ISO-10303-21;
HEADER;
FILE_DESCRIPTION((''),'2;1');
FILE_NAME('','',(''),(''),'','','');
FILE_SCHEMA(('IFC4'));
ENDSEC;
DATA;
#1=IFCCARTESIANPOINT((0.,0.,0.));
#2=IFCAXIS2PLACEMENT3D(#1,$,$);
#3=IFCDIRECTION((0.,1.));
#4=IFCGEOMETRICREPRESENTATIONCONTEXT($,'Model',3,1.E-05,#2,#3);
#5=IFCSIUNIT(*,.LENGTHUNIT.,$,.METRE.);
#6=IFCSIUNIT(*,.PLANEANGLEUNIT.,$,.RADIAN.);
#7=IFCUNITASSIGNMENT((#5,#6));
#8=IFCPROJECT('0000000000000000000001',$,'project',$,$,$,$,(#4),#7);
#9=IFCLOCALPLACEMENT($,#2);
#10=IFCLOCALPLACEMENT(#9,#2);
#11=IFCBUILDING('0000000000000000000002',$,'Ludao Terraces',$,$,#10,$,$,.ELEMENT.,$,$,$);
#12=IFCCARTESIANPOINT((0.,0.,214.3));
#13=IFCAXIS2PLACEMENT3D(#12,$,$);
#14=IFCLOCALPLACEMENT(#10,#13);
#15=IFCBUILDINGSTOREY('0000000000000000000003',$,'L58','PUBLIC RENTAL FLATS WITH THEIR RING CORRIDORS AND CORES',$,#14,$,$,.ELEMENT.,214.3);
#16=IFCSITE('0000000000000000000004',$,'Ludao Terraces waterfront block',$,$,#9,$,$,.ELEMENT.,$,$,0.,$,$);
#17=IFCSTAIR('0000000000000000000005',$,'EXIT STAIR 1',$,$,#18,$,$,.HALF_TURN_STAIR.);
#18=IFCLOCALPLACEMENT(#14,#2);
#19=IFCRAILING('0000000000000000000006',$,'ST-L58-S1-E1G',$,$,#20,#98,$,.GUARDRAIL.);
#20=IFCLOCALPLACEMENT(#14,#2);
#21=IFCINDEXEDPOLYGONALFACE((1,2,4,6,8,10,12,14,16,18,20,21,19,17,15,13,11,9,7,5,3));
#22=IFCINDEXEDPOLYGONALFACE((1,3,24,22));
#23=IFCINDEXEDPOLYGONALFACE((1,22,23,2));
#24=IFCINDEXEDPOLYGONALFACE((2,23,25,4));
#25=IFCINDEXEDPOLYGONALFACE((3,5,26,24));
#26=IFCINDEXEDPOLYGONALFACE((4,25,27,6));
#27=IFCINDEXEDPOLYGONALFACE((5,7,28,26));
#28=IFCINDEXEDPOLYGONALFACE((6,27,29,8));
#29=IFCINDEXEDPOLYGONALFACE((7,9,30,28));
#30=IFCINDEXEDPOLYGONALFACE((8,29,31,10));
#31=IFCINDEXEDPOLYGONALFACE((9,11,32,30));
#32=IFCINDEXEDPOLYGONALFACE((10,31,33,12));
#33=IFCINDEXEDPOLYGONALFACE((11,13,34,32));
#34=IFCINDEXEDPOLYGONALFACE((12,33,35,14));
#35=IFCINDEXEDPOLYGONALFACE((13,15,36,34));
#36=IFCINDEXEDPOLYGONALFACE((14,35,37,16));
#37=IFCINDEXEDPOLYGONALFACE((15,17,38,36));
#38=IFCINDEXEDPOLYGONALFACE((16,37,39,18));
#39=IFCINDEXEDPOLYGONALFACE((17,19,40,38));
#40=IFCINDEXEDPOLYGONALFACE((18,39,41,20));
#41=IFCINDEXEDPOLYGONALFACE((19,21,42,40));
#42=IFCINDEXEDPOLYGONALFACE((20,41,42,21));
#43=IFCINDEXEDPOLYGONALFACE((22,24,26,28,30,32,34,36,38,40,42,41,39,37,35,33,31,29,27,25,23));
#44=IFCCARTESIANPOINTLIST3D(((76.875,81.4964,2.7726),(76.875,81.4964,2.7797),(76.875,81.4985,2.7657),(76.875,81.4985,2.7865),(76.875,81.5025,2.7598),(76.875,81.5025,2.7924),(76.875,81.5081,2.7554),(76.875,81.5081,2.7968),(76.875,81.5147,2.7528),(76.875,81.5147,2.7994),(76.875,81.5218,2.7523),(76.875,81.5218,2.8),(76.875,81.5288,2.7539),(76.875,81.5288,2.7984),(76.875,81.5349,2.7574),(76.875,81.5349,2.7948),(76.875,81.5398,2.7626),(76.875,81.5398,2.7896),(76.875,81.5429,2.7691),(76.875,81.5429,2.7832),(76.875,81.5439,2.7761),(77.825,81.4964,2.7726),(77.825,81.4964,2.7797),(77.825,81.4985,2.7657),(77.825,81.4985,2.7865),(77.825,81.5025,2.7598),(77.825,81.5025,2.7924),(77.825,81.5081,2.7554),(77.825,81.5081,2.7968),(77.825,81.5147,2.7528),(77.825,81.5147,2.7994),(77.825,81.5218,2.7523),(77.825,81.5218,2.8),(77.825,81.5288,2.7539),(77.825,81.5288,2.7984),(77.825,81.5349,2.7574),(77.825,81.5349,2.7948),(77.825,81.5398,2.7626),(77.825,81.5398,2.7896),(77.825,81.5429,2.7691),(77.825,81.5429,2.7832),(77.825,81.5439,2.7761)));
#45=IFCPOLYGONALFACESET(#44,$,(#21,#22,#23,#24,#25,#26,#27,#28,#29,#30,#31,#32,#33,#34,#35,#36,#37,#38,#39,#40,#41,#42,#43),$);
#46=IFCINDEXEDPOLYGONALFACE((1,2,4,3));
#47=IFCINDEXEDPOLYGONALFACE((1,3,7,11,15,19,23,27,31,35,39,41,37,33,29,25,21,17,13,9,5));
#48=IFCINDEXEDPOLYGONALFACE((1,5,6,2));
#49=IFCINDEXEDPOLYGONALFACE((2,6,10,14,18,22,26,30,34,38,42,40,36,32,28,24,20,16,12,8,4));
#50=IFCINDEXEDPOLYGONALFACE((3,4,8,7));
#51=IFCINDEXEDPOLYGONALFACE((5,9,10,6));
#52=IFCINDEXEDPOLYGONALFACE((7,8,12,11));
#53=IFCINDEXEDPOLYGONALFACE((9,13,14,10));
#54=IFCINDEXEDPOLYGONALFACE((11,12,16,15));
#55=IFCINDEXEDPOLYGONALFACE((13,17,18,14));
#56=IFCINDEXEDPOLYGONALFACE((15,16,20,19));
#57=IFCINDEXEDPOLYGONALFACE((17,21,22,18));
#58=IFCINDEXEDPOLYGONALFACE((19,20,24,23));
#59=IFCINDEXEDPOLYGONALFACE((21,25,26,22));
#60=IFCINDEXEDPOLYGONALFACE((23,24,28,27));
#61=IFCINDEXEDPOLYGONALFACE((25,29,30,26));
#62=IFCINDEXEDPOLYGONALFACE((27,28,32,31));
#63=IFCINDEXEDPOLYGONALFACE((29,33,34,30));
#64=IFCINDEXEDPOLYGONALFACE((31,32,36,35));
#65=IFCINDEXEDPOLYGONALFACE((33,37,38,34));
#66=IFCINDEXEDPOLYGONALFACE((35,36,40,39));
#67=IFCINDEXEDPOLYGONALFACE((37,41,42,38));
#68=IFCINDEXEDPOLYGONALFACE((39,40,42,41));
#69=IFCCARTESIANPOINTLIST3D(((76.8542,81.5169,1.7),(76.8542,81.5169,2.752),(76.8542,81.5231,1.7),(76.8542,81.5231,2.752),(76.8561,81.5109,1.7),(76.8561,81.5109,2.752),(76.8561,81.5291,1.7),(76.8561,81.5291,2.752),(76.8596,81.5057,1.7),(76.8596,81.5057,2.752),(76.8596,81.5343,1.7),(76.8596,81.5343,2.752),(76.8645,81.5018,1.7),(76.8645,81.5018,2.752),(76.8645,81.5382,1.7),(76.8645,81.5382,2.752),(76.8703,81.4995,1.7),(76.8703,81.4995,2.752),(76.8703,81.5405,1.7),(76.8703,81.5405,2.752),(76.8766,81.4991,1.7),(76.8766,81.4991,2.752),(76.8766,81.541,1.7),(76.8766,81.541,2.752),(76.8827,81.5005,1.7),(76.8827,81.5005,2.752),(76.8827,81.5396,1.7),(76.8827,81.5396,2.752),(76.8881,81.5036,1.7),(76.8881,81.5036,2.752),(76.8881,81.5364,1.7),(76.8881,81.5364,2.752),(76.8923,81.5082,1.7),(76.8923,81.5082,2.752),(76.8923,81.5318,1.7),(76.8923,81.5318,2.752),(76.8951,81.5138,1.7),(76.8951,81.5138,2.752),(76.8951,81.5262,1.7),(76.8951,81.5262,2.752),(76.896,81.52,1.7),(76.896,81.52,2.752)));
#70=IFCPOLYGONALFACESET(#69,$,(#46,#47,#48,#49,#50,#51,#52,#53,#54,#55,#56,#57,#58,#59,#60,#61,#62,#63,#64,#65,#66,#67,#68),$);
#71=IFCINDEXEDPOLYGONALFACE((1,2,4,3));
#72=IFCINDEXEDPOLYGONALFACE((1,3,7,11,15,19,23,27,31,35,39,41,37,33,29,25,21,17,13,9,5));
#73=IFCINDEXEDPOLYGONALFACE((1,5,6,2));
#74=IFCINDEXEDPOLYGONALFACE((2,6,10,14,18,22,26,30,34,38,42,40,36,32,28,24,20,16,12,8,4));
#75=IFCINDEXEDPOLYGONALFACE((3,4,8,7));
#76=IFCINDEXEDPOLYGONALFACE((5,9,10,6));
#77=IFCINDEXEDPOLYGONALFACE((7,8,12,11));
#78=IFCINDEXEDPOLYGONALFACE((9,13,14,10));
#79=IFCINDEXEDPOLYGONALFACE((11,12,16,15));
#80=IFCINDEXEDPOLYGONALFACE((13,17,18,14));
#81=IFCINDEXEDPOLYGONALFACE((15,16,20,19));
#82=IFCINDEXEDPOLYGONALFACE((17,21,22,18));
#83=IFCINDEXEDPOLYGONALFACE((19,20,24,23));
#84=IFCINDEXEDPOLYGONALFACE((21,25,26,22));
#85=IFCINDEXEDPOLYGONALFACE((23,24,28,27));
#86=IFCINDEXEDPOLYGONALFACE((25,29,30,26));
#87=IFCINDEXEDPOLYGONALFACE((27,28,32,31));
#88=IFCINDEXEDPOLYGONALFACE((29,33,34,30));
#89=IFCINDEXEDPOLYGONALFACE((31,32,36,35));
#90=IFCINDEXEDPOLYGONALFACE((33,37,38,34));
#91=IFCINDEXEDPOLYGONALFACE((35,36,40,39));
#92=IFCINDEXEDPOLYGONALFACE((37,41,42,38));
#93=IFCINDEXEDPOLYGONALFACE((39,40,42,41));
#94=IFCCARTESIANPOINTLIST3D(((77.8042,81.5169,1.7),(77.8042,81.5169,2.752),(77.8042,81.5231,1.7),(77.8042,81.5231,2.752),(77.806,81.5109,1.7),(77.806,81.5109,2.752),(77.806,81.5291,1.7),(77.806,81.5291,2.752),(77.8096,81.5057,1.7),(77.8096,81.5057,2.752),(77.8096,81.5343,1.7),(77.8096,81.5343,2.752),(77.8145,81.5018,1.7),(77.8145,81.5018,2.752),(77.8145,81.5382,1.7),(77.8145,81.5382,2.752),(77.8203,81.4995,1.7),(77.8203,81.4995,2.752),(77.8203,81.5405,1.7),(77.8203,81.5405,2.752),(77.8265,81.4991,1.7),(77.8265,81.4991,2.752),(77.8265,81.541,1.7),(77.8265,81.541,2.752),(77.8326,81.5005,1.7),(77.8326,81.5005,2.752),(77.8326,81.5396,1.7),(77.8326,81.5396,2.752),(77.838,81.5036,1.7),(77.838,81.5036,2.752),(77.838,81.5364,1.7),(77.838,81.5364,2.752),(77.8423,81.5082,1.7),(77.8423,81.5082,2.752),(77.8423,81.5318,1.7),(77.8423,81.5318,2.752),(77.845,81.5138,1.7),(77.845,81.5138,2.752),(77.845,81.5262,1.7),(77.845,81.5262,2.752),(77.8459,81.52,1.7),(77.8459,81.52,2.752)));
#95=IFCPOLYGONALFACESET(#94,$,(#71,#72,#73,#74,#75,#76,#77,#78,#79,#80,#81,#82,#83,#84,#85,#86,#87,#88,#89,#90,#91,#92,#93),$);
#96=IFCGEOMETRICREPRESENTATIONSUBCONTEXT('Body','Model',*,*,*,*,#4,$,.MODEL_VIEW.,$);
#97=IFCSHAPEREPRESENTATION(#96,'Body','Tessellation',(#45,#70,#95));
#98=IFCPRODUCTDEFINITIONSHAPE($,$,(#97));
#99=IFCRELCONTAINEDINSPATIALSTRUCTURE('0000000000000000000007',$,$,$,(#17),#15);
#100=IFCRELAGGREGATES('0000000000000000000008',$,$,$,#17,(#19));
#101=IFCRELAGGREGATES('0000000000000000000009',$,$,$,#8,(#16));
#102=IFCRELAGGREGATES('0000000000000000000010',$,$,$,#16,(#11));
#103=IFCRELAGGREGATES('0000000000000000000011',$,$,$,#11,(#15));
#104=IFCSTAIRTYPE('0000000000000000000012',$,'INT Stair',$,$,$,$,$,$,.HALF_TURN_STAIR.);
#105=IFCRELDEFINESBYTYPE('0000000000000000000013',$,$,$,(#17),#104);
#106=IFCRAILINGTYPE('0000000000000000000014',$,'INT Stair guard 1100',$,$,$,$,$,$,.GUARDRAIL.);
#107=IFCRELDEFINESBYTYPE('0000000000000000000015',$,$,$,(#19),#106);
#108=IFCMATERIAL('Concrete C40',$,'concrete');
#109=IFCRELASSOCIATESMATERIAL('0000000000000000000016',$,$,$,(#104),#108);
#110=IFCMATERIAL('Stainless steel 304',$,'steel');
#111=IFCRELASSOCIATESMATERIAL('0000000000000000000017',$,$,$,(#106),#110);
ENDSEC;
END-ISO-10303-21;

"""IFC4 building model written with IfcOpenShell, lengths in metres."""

from ifc_helpers import new_model, si_unit, direction, frame, origin, origin_2d, place, context, subcontext, project, spatial, circle, extrude, material, type_object, element, aggregate, save


model = new_model("IFC4")

# Units and contexts
model_context = context("Model", 3, precision=1e-05, world=origin(), true_north=direction((0.0, 1.0)))
body_context = subcontext(model_context, "Body", "Model", "MODEL_VIEW")
ifc_project = project(units=[si_unit("LENGTHUNIT", "METRE"), si_unit("PLANEANGLEUNIT", "RADIAN")], contexts=[model_context])

# Site, building, storey
site_placement = place(None, origin())
site = spatial("IfcSite", under=ifc_project, at=site_placement, Name="Ludao Terraces waterfront block", CompositionType="ELEMENT", RefElevation=0.0)
building_placement = place(site_placement, origin())
building = spatial("IfcBuilding", under=site, at=building_placement, Name="Ludao Terraces", CompositionType="ELEMENT")
storey_placement = place(building_placement, frame((0.0, 0.0, 214.3)))
storey = spatial("IfcBuildingStorey", under=building, at=storey_placement, Name="L58", Description="PUBLIC RENTAL FLATS WITH THEIR RING CORRIDORS AND CORES", CompositionType="ELEMENT", Elevation=214.3)

# Shared definitions
ifc_material_1 = material(Name="Concrete C40", Category="concrete")

# Stair, railing
stair_type = type_object("IfcStairType", Name="INT Stair", PredefinedType="HALF_TURN_STAIR", material=ifc_material_1)
stair_placement = place(storey_placement, origin())
stair = element("IfcStair", 1, at=stair_placement, inside=storey, type_object=stair_type, Name="EXIT STAIR 1", PredefinedType="HALF_TURN_STAIR")
ifc_material_2 = material(Name="Stainless steel 304", Category="steel")
railing_type_1 = type_object("IfcRailingType", Name="INT Stair guard 1100", PredefinedType="GUARDRAIL", material=ifc_material_2)
railing_1_placement = place(storey_placement, frame((76.875, 81.52, 1.7)))
railing_1 = element("IfcRailing", 2, at=railing_1_placement, type_object=railing_type_1, Name="ST-L58-S1-E1G", PredefinedType="GUARDRAIL", context=body_context, shape_type="SweptSolid", body=[
    extrude(circle(Radius=0.0239, at=origin_2d()), frame((0.0, 0.0, 1.0762), z_axis=(1.0, 0.0, 0.0), x_axis=(0.0, 1.0, 0.0)), (0.0, 0.0, 1.0), 0.95),
    extrude(circle(Radius=0.021, at=origin_2d()), origin(), (0.0, 0.0, 1.0), 1.052),
    extrude(circle(Radius=0.021, at=origin_2d()), frame((0.95, 0.0, 0.0)), (0.0, 0.0, 1.0), 1.052),
])
aggregate(stair, [railing_1])

save(model, "model.ifc")
